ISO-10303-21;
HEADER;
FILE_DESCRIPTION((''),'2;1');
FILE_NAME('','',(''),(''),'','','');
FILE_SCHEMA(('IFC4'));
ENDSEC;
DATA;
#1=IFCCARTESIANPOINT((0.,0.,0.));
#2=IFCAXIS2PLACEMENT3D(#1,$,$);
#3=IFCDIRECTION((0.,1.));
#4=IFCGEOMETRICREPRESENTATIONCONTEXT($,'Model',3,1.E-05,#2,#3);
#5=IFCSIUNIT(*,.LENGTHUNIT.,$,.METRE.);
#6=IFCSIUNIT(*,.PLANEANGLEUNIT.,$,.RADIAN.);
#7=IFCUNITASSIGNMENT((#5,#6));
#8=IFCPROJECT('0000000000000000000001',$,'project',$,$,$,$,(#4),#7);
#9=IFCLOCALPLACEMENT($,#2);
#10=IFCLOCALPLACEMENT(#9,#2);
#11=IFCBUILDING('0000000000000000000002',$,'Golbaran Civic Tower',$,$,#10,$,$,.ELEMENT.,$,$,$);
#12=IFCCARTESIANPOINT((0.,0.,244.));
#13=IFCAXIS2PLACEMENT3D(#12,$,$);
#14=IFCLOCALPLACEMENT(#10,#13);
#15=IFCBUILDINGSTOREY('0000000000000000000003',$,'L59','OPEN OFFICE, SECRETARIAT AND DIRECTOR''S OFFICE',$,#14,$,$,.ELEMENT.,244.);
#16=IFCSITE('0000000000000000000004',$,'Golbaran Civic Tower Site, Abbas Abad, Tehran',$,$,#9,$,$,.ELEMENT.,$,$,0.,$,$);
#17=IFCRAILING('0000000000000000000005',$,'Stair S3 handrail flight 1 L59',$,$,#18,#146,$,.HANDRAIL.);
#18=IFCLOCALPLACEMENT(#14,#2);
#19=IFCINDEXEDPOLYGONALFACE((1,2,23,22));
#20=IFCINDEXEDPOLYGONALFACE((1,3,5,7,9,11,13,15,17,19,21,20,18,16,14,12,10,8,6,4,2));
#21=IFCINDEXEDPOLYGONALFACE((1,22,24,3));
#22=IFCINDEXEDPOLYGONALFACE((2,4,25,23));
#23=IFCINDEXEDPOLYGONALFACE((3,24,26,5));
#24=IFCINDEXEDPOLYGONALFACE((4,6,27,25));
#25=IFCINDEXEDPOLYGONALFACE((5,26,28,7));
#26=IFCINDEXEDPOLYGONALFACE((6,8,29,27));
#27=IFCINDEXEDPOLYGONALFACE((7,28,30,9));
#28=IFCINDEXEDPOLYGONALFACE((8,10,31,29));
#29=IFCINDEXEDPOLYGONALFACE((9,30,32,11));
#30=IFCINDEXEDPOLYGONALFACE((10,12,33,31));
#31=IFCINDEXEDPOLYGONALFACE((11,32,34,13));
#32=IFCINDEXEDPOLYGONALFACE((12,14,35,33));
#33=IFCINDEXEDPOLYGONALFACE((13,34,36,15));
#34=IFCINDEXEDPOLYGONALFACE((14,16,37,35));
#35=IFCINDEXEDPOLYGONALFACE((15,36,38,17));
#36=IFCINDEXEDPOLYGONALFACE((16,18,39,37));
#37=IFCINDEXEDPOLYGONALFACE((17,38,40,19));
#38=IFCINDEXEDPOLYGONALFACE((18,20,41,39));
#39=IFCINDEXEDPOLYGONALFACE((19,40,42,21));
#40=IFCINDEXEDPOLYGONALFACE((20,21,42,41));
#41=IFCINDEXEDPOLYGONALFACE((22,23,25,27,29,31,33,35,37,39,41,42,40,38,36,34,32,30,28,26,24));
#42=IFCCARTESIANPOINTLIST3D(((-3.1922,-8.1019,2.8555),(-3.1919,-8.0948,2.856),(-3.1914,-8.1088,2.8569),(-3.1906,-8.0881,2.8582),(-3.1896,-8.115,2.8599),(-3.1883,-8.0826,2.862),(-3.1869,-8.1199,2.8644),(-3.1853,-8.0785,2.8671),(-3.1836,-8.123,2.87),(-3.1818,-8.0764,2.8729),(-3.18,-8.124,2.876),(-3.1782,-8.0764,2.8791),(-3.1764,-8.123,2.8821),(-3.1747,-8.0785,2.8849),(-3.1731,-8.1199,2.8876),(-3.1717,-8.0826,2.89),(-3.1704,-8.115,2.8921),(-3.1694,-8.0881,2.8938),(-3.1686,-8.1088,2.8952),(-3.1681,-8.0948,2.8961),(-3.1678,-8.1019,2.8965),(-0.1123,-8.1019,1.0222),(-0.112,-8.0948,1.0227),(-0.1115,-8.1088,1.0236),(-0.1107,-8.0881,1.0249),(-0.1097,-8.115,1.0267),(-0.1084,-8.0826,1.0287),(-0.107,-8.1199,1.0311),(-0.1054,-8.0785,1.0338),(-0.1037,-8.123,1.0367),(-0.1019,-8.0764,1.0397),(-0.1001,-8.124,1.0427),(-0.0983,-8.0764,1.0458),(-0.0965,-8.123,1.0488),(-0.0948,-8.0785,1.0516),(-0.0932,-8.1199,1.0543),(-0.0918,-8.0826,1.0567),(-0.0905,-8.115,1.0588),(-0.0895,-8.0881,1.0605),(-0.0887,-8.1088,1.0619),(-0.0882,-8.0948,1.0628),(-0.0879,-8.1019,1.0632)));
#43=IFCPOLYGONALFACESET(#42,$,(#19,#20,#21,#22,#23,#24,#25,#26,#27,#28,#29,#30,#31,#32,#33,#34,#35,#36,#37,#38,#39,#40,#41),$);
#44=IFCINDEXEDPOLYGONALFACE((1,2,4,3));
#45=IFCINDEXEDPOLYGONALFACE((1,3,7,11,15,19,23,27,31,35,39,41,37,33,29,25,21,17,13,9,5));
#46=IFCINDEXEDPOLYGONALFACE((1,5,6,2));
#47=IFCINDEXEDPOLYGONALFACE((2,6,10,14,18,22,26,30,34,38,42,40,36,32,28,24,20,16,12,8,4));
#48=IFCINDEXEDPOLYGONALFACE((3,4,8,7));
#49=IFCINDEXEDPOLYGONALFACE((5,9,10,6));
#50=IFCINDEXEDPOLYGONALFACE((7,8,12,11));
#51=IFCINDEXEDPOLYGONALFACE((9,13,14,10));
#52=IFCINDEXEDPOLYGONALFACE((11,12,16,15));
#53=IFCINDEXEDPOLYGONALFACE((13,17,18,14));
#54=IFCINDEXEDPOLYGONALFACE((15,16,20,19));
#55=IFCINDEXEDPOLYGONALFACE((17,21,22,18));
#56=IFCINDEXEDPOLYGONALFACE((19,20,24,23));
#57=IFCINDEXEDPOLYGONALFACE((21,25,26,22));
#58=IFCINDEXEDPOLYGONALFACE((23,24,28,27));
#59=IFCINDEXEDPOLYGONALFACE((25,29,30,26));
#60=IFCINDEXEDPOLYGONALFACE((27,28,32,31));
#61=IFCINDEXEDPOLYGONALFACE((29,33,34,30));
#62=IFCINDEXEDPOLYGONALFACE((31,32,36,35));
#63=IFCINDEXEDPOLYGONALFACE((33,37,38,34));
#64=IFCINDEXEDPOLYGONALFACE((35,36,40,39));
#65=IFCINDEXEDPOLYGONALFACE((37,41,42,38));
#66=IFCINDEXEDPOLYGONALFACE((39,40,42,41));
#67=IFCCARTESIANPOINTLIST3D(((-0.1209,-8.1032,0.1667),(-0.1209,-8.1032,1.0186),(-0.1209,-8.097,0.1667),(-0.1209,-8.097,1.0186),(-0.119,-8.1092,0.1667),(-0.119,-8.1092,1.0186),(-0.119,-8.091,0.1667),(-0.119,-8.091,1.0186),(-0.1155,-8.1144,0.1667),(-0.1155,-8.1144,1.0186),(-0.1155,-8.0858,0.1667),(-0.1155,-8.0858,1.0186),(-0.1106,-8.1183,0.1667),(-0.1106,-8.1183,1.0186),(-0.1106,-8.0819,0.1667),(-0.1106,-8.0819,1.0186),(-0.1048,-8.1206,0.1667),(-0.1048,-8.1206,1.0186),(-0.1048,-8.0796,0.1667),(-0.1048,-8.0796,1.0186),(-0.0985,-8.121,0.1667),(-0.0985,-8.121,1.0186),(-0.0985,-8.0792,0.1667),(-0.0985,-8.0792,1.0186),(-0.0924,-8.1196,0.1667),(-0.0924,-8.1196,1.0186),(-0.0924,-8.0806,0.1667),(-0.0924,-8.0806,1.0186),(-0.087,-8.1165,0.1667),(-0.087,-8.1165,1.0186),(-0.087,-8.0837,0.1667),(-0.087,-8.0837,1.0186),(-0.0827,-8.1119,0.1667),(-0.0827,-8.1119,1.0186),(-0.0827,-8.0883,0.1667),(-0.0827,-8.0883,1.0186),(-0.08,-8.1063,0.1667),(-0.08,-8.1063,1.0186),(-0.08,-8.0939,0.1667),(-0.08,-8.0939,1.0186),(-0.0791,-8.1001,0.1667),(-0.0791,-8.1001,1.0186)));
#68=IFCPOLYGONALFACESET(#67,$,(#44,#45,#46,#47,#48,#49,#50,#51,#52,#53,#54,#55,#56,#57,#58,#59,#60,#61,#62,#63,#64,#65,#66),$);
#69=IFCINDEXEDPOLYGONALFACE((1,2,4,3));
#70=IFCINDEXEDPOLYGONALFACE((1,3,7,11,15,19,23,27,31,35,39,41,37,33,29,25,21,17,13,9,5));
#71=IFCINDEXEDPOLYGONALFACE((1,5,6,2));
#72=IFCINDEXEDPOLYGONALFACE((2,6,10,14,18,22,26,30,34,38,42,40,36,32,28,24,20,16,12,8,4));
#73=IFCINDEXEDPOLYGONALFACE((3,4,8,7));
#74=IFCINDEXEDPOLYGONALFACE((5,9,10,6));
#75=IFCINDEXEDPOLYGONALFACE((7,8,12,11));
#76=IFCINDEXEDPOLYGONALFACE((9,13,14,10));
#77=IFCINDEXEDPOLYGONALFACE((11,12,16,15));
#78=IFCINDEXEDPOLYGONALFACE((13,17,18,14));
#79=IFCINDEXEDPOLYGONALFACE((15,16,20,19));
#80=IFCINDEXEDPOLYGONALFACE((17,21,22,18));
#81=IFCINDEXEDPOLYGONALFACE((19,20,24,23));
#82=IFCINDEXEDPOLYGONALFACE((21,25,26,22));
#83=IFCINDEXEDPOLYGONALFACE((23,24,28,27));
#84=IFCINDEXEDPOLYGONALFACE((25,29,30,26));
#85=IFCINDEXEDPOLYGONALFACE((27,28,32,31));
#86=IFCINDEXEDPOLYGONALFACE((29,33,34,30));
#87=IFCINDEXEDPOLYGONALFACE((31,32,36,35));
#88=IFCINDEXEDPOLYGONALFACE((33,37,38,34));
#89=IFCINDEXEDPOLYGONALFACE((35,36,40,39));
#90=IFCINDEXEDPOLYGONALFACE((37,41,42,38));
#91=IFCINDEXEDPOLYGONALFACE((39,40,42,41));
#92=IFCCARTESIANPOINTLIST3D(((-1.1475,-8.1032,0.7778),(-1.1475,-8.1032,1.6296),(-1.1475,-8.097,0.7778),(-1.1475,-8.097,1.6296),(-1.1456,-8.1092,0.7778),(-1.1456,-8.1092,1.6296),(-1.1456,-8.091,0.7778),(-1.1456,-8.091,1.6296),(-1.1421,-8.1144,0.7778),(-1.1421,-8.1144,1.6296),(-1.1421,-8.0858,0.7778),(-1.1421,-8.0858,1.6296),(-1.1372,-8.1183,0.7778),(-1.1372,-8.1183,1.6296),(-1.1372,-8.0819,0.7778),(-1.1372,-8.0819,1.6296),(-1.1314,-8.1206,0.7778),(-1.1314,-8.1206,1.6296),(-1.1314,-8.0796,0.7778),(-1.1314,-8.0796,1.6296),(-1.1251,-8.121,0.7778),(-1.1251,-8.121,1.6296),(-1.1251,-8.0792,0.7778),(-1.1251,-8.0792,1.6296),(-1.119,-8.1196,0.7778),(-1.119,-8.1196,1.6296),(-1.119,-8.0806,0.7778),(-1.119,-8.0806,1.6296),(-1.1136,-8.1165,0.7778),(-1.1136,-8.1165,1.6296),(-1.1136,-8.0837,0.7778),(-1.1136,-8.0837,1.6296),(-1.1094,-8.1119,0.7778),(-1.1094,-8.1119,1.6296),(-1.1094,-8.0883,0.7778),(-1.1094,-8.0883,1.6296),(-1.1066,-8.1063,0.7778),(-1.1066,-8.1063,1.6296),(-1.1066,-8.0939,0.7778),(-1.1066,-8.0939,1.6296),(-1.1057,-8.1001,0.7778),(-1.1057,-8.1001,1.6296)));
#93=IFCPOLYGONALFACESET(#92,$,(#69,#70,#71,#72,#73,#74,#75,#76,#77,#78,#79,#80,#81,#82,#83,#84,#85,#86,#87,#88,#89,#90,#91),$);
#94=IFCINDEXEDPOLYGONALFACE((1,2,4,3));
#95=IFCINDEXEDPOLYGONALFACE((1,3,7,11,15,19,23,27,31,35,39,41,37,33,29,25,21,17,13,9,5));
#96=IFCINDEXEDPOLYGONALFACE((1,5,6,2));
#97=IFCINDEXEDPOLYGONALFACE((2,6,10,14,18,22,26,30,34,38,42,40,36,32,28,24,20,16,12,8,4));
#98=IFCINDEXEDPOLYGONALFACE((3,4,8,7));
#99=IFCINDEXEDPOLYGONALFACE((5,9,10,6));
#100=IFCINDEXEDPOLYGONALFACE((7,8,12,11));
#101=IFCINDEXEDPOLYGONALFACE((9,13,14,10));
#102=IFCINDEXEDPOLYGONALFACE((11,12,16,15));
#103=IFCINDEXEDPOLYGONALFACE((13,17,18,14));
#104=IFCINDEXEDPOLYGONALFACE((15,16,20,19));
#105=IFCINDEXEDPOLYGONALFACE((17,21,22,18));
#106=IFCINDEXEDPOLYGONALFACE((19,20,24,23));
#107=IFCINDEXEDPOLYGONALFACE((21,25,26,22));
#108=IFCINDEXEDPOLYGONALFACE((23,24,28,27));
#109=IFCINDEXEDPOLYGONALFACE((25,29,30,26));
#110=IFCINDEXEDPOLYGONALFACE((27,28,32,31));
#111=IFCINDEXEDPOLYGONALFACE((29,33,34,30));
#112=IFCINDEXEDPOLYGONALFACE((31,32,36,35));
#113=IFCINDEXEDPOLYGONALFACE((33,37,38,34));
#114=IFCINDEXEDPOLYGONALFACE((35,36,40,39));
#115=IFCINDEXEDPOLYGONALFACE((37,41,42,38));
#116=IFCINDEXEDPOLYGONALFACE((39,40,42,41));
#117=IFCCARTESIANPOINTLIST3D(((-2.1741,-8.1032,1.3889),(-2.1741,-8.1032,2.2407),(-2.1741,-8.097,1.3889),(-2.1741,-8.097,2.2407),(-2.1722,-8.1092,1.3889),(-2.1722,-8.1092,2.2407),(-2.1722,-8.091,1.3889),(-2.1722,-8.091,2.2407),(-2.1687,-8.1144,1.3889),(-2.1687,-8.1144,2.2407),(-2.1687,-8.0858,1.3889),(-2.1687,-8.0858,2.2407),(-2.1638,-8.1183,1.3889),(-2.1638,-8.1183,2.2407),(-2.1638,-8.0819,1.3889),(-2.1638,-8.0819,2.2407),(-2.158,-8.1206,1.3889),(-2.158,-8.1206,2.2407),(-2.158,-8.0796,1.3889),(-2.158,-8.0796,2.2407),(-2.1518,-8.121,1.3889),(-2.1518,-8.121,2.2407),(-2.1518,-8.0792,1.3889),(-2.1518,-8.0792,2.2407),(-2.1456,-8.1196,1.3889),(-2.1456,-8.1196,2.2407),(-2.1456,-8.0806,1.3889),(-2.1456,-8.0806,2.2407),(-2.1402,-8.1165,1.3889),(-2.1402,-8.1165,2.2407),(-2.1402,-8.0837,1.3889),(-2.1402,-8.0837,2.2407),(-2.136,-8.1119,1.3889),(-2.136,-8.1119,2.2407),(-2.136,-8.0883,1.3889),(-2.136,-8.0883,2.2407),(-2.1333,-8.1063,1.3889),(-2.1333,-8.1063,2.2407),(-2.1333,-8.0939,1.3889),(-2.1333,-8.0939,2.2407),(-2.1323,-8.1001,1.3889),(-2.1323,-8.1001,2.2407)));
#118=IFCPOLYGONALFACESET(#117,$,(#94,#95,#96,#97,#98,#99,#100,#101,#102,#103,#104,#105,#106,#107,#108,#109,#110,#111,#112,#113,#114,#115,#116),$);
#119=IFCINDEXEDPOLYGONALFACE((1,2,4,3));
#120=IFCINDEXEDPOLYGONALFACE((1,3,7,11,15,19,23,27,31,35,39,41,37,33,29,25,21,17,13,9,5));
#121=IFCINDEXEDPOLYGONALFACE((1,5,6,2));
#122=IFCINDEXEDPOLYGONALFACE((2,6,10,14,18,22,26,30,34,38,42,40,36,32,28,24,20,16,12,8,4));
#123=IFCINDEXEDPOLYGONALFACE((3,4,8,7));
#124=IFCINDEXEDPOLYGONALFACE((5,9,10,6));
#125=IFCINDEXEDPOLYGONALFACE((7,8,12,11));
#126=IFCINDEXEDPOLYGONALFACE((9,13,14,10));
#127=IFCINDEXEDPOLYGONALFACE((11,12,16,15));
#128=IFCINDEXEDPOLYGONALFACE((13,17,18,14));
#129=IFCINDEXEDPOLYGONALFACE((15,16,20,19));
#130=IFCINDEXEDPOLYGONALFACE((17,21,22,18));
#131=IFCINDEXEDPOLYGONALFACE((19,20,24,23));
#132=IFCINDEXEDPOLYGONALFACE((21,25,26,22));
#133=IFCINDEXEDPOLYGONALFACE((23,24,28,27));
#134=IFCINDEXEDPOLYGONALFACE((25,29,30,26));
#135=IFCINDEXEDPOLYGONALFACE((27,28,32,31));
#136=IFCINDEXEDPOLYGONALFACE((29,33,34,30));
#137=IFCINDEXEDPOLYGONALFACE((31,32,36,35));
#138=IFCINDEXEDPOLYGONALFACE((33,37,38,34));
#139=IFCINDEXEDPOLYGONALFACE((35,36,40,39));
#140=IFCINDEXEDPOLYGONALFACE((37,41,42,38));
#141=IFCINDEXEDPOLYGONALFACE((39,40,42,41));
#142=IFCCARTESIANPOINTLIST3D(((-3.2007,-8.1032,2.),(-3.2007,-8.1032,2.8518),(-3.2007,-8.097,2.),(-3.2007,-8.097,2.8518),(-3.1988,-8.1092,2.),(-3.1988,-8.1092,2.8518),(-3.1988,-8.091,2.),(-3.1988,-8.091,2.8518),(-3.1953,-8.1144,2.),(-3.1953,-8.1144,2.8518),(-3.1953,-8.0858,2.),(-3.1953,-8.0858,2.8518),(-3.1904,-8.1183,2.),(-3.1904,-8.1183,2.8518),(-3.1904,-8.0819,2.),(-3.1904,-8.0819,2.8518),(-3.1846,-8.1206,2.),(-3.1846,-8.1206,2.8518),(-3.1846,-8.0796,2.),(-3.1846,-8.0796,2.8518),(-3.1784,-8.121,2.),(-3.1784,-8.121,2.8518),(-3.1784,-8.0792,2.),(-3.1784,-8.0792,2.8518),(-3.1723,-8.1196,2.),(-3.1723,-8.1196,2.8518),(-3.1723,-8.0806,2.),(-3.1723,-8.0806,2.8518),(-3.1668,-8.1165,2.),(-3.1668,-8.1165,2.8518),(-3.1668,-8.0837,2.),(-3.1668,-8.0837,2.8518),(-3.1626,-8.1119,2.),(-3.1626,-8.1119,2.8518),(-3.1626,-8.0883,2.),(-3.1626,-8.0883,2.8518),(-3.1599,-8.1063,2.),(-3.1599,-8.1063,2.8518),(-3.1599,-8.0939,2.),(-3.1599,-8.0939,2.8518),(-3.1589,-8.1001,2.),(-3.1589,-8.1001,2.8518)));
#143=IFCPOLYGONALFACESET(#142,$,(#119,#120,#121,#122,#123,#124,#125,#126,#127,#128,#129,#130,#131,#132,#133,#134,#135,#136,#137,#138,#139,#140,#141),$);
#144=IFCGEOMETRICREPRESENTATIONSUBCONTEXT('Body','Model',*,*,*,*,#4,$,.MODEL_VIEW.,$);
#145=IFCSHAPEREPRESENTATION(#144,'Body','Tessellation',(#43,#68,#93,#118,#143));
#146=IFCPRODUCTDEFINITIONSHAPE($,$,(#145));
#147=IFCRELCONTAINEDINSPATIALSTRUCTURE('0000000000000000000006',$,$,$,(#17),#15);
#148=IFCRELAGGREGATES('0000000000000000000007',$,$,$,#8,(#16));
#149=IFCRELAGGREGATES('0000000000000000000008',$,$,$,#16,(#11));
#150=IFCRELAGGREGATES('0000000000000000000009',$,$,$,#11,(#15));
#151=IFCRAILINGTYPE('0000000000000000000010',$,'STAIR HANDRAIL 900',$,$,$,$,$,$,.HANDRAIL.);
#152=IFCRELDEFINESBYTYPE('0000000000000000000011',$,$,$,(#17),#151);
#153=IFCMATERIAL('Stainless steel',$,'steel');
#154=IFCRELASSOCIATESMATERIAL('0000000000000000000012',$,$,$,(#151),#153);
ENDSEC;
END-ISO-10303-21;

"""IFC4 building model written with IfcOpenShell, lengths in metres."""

from ifc_helpers import new_model, si_unit, direction, frame, origin, origin_2d, place, context, subcontext, project, spatial, circle, extrude, material, type_object, element, save


model = new_model("IFC4")

# Units and contexts
model_context = context("Model", 3, precision=1e-05, world=origin(), true_north=direction((0.0, 1.0)))
body_context = subcontext(model_context, "Body", "Model", "MODEL_VIEW")
ifc_project = project(units=[si_unit("LENGTHUNIT", "METRE"), si_unit("PLANEANGLEUNIT", "RADIAN")], contexts=[model_context])

# Site, building, storey
site_placement = place(None, origin())
site = spatial("IfcSite", under=ifc_project, at=site_placement, Name="Golbaran Civic Tower Site, Abbas Abad, Tehran", CompositionType="ELEMENT", RefElevation=0.0)
building_placement = place(site_placement, origin())
building = spatial("IfcBuilding", under=site, at=building_placement, Name="Golbaran Civic Tower", CompositionType="ELEMENT")
storey_placement = place(building_placement, frame((0.0, 0.0, 244.0)))
storey = spatial("IfcBuildingStorey", under=building, at=storey_placement, Name="L59", Description="OPEN OFFICE, SECRETARIAT AND DIRECTOR'S OFFICE", CompositionType="ELEMENT", Elevation=244.0)

# Shared definitions
ifc_material_1 = material(Name="Stainless steel", Category="steel")

# Railing
railing_type = type_object("IfcRailingType", Name="STAIR HANDRAIL 900", PredefinedType="HANDRAIL", material=ifc_material_1)
railing_1_placement = place(storey_placement, frame((-0.1001, -8.1001, 0.1667)))
element("IfcRailing", 1, at=railing_1_placement, inside=storey, type_object=railing_type, Name="Stair S3 handrail flight 1 L59", PredefinedType="HANDRAIL", context=body_context, shape_type="SweptSolid", body=[
    extrude(circle(Radius=0.0239, at=origin_2d()), frame((0.0, 0.0, 0.876), z_axis=(-0.859291, 0.0, 0.511487), x_axis=(0.0, -1.0, 0.0)), (0.0, 0.0, 1.0), 3.5842),
    extrude(circle(Radius=0.021, at=origin_2d()), origin(), (0.0, 0.0, 1.0), 0.8518),
    extrude(circle(Radius=0.021, at=origin_2d()), frame((-1.0266, 0.0, 0.6111)), (0.0, 0.0, 1.0), 0.8518),
    extrude(circle(Radius=0.021, at=origin_2d()), frame((-2.0532, 0.0, 1.2222)), (0.0, 0.0, 1.0), 0.8518),
    extrude(circle(Radius=0.021, at=origin_2d()), frame((-3.0798, 0.0, 1.8333)), (0.0, 0.0, 1.0), 0.8518),
])

save(model, "model.ifc")
